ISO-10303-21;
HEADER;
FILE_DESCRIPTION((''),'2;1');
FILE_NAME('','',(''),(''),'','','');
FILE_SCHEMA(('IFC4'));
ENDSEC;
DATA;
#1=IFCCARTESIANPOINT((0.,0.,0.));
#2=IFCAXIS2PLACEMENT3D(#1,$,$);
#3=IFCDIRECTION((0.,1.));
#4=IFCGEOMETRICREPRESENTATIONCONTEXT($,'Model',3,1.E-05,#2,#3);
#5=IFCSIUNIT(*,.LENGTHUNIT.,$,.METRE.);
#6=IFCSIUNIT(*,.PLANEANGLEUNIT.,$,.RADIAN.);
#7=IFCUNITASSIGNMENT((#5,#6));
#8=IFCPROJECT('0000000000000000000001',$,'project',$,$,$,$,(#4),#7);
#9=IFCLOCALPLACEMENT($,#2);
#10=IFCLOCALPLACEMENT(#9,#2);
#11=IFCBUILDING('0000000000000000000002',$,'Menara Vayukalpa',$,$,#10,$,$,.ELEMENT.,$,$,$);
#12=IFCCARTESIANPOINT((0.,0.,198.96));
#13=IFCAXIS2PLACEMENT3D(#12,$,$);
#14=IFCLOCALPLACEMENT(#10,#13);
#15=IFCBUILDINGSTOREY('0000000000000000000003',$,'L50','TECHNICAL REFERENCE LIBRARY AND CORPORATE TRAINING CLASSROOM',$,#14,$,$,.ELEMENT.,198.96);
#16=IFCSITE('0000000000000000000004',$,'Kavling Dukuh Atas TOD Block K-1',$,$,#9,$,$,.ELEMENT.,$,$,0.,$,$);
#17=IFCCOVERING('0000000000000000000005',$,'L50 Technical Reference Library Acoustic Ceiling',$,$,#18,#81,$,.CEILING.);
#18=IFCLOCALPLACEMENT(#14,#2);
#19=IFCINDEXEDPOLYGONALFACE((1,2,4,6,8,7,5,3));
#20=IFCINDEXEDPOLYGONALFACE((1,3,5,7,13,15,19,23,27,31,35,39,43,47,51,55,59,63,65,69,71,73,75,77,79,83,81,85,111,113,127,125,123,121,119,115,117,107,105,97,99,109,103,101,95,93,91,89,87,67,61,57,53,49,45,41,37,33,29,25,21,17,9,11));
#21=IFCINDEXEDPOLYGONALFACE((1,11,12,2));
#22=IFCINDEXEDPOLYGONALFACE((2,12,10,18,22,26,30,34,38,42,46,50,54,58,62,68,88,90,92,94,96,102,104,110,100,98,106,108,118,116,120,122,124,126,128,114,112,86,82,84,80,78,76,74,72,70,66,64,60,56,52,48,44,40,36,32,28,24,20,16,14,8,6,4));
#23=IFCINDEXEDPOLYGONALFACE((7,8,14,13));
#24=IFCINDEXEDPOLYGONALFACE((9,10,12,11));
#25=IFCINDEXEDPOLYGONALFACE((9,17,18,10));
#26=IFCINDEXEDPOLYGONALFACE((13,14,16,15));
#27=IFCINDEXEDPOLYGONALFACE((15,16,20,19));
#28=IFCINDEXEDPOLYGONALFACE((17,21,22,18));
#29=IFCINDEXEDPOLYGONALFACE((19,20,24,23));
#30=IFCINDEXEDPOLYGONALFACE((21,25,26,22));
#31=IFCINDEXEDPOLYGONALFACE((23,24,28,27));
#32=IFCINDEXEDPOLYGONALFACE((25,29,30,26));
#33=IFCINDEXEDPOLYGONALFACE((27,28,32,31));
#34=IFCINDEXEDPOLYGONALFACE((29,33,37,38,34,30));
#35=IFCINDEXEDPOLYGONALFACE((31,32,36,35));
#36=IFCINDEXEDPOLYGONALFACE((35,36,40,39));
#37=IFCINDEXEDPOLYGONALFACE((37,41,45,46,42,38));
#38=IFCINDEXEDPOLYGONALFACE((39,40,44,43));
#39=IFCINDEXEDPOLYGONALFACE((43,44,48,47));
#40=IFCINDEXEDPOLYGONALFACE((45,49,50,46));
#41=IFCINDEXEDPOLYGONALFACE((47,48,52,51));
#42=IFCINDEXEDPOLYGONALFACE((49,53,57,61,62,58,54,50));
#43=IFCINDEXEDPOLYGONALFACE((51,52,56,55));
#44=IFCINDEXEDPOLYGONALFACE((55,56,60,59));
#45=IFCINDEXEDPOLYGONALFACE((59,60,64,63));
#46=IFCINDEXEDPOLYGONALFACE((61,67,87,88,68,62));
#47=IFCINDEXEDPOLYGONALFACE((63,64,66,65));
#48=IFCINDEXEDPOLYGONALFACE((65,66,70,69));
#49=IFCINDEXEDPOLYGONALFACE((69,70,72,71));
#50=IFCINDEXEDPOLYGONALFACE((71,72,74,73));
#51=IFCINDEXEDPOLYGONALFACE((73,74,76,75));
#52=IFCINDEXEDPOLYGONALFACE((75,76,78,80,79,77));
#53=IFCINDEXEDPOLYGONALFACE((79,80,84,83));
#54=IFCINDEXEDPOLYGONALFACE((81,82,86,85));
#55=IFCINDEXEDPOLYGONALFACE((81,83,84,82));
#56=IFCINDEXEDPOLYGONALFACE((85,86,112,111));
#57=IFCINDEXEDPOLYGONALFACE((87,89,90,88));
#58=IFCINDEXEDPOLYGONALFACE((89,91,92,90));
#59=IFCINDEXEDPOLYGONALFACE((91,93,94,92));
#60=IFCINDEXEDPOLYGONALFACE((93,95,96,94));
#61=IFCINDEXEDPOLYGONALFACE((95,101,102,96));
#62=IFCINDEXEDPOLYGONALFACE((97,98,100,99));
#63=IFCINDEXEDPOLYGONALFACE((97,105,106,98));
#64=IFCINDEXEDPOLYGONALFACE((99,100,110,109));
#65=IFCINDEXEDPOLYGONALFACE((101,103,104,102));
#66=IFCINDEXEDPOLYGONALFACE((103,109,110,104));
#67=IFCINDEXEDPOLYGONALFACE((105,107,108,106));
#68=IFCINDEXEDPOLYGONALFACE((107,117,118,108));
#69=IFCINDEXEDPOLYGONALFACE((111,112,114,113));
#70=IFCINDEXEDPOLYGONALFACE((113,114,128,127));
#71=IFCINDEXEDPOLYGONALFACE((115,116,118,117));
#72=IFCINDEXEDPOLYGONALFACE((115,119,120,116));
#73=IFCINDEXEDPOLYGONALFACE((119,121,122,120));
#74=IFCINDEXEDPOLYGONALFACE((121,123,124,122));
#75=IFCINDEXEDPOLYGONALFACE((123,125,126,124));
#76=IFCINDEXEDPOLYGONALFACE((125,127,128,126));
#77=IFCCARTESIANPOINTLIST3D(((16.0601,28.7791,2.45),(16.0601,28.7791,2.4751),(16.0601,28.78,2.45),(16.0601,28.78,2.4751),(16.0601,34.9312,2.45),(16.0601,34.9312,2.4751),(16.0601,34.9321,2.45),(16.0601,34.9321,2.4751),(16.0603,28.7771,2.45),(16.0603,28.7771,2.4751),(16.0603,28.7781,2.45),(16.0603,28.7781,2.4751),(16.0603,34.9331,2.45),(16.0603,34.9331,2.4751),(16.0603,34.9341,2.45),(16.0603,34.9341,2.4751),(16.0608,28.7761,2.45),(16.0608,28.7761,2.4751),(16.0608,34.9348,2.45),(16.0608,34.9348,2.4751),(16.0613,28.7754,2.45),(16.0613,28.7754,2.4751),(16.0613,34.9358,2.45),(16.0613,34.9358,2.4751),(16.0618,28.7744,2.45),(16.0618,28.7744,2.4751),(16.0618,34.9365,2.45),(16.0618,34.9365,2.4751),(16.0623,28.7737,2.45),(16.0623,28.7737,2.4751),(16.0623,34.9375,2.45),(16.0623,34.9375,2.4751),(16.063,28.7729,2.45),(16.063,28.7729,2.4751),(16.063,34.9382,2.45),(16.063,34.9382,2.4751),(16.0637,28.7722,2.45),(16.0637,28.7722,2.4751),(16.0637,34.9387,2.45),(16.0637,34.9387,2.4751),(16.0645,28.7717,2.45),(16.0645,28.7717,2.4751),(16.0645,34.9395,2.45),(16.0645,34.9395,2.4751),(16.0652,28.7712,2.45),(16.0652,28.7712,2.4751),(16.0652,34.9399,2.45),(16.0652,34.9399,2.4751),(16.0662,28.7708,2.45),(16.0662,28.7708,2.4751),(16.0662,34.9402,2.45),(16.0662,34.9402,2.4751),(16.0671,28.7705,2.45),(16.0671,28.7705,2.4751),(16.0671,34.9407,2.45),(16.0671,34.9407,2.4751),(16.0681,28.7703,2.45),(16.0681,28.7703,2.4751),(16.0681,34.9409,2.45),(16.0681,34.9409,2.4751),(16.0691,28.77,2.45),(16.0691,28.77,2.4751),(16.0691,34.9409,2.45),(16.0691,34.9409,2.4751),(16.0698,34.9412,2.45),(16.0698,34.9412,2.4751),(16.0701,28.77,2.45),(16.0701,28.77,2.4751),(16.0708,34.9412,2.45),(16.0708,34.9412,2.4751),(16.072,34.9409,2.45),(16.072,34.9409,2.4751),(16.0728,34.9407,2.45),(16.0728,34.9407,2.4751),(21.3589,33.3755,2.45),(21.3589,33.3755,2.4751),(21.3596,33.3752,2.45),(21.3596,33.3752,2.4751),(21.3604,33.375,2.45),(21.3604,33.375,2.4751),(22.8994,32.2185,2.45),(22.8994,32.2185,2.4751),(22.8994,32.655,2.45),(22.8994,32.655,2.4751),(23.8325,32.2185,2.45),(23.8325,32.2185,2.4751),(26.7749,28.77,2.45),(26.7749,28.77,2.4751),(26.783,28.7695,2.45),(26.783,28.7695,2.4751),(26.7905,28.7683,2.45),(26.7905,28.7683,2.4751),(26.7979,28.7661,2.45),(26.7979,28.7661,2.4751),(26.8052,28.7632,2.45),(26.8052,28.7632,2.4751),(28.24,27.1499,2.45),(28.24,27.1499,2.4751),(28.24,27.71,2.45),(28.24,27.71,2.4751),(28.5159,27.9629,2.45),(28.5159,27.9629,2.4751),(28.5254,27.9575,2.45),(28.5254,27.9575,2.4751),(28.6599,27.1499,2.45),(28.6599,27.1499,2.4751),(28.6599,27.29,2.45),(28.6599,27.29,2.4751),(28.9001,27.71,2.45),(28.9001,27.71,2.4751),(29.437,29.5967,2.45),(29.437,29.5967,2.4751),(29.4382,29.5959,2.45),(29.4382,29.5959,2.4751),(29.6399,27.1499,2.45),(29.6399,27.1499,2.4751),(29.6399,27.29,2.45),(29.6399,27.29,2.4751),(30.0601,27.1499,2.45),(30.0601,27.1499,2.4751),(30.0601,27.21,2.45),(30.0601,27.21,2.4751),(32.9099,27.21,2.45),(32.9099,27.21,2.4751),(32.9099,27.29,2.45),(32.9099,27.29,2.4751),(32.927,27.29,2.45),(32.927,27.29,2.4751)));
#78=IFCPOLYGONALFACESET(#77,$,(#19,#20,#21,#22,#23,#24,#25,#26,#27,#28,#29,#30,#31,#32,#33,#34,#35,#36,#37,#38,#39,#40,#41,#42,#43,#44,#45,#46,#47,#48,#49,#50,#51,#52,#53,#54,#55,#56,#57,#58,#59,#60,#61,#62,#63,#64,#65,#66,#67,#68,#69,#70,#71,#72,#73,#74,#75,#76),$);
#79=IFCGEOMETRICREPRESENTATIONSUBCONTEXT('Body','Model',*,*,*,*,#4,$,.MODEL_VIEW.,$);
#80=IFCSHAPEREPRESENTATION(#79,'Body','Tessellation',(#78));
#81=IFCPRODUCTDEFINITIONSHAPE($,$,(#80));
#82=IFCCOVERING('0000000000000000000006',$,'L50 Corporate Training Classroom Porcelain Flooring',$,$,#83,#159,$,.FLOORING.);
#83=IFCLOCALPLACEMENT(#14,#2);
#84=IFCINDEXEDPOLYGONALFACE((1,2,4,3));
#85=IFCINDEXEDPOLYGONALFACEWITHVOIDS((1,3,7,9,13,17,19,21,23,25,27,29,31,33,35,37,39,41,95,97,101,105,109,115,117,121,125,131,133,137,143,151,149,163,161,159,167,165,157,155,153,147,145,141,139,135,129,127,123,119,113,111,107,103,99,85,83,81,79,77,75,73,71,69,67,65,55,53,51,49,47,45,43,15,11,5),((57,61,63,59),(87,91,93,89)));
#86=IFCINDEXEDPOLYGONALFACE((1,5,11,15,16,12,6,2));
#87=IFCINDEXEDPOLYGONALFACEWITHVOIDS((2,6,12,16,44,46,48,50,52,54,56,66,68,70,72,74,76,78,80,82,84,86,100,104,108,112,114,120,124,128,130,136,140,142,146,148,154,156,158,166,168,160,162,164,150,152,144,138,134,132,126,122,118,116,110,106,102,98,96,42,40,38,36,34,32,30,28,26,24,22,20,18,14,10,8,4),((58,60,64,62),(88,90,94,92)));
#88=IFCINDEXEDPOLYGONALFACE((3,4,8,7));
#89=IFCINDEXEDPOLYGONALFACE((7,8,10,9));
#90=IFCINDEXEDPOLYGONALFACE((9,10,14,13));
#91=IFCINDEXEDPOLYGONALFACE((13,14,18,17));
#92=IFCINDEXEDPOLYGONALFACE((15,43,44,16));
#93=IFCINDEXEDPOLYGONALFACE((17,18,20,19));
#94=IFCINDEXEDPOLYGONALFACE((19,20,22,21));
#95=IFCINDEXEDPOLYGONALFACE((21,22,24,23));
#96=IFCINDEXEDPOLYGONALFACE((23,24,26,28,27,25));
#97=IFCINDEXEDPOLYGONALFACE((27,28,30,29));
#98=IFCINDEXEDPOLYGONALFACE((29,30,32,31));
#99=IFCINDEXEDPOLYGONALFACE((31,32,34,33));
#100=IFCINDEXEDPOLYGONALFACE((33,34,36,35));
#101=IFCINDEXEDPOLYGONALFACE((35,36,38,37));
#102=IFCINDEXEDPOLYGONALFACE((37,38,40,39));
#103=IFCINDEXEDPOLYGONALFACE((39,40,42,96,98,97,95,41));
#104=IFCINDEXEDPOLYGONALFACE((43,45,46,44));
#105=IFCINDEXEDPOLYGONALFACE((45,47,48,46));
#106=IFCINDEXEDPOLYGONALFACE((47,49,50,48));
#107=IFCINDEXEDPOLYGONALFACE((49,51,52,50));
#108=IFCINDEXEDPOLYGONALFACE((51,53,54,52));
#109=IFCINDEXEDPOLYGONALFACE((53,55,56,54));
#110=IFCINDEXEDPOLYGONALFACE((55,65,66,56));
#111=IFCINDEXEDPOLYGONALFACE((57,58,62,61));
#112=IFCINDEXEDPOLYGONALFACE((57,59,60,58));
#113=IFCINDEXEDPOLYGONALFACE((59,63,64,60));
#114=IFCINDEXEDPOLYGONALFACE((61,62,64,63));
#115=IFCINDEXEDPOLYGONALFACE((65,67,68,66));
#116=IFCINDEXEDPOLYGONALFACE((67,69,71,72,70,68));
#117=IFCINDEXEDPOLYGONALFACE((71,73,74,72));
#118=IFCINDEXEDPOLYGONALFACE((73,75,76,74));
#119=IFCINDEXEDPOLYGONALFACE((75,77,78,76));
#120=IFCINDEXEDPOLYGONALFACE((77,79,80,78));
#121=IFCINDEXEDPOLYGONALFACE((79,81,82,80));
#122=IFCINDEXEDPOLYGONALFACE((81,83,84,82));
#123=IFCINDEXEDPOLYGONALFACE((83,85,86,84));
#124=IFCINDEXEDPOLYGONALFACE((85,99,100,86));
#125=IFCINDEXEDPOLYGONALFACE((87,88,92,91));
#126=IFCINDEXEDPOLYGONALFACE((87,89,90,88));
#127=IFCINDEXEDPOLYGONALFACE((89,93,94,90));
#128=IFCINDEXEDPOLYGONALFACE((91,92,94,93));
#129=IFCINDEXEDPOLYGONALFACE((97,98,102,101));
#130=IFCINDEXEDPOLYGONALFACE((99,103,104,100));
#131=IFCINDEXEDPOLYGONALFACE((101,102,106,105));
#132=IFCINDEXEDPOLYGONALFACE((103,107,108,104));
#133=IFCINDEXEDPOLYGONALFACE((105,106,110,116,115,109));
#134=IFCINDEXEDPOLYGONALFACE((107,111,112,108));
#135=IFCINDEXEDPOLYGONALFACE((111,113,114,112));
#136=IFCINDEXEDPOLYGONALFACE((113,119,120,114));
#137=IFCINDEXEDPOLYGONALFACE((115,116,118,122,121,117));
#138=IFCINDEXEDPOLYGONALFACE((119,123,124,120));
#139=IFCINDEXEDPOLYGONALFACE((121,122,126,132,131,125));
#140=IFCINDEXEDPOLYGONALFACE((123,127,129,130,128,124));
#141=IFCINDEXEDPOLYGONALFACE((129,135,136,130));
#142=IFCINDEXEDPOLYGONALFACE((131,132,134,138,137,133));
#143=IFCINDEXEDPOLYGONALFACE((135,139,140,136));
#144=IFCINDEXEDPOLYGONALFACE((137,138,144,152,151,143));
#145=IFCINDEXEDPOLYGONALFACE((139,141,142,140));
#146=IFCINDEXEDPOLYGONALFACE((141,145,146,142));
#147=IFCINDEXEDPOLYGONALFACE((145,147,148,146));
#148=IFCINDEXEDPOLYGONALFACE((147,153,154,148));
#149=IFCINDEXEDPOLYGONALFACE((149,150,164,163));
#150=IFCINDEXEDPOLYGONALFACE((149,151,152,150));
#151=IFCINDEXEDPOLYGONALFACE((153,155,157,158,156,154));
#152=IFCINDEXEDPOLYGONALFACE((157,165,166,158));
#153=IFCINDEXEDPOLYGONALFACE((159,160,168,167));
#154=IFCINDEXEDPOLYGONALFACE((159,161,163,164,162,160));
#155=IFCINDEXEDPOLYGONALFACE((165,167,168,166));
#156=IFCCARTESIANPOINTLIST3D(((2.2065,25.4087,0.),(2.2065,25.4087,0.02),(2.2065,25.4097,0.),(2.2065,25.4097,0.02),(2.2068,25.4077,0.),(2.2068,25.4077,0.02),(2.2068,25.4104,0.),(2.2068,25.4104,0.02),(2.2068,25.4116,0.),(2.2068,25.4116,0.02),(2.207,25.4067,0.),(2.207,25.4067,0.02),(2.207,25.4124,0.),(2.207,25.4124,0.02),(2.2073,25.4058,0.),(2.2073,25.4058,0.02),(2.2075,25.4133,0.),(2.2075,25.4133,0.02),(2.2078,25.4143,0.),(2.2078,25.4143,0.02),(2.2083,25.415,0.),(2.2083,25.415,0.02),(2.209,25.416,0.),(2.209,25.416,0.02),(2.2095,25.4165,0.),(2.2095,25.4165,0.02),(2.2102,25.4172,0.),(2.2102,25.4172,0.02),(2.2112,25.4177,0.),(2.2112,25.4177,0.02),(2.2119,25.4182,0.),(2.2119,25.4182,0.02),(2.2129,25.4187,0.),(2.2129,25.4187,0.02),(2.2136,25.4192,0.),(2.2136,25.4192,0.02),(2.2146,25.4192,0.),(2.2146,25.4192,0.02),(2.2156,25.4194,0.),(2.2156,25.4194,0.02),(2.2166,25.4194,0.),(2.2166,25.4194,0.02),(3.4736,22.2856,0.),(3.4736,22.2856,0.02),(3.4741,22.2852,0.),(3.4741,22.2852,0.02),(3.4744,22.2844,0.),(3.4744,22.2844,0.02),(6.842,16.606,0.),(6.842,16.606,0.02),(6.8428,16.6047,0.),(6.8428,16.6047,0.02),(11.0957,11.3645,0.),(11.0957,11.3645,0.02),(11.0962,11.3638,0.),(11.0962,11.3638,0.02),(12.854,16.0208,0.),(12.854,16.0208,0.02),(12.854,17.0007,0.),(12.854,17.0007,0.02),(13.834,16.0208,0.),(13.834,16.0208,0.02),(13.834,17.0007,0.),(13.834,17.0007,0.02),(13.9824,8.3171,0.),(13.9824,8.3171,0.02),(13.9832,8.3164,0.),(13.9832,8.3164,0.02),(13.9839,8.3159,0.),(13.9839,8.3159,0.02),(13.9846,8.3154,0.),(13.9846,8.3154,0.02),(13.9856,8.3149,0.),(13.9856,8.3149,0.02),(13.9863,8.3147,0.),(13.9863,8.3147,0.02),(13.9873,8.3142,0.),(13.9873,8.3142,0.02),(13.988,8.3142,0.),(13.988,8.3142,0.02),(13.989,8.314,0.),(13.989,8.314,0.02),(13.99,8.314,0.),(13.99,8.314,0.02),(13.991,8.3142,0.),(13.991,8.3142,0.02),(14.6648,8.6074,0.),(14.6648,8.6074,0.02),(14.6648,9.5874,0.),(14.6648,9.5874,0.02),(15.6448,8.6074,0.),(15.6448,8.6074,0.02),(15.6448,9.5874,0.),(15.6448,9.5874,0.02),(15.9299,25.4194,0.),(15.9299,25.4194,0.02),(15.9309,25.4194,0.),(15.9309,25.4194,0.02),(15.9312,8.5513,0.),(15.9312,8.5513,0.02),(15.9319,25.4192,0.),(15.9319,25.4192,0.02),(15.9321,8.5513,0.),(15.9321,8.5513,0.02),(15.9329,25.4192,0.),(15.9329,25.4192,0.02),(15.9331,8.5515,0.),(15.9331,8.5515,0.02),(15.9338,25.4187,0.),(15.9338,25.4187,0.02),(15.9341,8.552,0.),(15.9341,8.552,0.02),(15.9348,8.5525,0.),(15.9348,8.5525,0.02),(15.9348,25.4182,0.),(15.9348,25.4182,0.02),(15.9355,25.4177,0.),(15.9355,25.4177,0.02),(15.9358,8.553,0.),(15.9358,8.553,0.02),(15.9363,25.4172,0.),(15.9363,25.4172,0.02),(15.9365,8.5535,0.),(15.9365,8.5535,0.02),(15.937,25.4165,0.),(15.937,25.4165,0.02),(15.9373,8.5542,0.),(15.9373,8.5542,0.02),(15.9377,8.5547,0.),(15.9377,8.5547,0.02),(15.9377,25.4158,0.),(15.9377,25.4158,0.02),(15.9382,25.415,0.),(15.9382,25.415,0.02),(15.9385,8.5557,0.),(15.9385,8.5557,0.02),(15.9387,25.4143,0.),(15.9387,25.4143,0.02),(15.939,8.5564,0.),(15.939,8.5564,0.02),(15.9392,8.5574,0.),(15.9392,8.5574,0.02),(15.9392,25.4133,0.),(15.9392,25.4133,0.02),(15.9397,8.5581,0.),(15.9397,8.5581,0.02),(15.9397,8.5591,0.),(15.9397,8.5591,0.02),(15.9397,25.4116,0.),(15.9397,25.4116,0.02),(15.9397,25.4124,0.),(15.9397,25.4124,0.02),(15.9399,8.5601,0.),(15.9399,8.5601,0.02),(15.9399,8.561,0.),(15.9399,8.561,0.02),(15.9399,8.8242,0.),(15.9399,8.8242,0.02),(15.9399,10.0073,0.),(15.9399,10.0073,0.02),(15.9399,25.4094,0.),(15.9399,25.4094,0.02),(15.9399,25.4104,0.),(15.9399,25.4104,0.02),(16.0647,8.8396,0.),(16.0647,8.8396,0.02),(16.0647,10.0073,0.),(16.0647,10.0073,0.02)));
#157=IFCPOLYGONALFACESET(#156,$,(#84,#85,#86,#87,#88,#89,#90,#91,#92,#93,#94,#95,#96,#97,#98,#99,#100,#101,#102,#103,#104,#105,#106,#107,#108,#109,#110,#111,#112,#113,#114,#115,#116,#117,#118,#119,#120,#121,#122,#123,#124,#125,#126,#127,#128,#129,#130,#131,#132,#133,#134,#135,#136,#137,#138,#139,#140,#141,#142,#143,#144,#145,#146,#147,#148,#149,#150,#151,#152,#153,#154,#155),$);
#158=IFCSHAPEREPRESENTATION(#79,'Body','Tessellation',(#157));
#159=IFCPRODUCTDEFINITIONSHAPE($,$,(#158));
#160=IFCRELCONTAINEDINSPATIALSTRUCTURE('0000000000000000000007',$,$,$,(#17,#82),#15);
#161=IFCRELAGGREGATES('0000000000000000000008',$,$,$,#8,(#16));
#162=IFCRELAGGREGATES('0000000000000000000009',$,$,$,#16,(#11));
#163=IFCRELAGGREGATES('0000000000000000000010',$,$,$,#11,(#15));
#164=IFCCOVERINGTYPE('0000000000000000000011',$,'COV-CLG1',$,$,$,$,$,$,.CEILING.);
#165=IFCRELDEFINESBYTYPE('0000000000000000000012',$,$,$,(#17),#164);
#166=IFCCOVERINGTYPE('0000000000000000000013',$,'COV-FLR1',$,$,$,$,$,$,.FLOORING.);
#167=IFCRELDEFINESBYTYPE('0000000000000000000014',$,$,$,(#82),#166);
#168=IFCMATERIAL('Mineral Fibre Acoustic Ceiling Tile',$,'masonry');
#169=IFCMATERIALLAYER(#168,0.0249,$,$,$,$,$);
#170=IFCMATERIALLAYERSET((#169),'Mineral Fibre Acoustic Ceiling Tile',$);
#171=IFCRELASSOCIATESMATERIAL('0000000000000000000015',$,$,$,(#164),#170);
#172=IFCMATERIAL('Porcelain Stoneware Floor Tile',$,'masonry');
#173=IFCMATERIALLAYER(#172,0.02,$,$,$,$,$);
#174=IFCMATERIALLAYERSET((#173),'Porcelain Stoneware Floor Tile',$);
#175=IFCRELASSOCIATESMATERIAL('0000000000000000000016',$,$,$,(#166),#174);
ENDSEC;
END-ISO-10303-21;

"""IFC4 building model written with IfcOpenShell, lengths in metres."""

from ifc_helpers import new_model, si_unit, direction, frame, origin, place, context, subcontext, project, spatial, polyline, outline, extrude, material, layer, layer_set, type_object, element, save


model = new_model("IFC4")

# Units and contexts
model_context = context("Model", 3, precision=1e-05, world=origin(), true_north=direction((0.0, 1.0)))
body_context = subcontext(model_context, "Body", "Model", "MODEL_VIEW")
ifc_project = project(units=[si_unit("LENGTHUNIT", "METRE"), si_unit("PLANEANGLEUNIT", "RADIAN")], contexts=[model_context])

# Site, building, storey
site_placement = place(None, origin())
site = spatial("IfcSite", under=ifc_project, at=site_placement, Name="Kavling Dukuh Atas TOD Block K-1", CompositionType="ELEMENT", RefElevation=0.0)
building_placement = place(site_placement, origin())
building = spatial("IfcBuilding", under=site, at=building_placement, Name="Menara Vayukalpa", CompositionType="ELEMENT")
storey_placement = place(building_placement, frame((0.0, 0.0, 198.96)))
storey = spatial("IfcBuildingStorey", under=building, at=storey_placement, Name="L50", Description="TECHNICAL REFERENCE LIBRARY AND CORPORATE TRAINING CLASSROOM", CompositionType="ELEMENT", Elevation=198.96)

# Coverings
ifc_material_1 = material(Name="Mineral Fibre Acoustic Ceiling Tile", Category="masonry")
ifc_layer_1 = layer(ifc_material_1, 0.0249)
ifc_layer_set_1 = layer_set([ifc_layer_1], Name="Mineral Fibre Acoustic Ceiling Tile")
covering_type_1 = type_object("IfcCoveringType", Name="COV-CLG1", PredefinedType="CEILING", material=ifc_layer_set_1)
covering_1_placement = place(storey_placement, frame((0.0, 0.0, 2.45)))
element("IfcCovering", 1, at=covering_1_placement, inside=storey, type_object=covering_type_1, Name="L50 Technical Reference Library Acoustic Ceiling", PredefinedType="CEILING", context=body_context, shape_type="SweptSolid", body=[
    extrude(outline(polyline([(28.5254, 27.9575), (28.5159, 27.9629), (26.8052, 28.7632), (26.7979, 28.7661), (26.7905, 28.7683), (26.783, 28.7695), (26.7749, 28.77), (16.0701, 28.77), (16.0691, 28.77), (16.0681, 28.7703), (16.0671, 28.7705), (16.0662, 28.7708), (16.0652, 28.7712), (16.0645, 28.7717), (16.0637, 28.7722), (16.063, 28.7729), (16.0623, 28.7737), (16.0618, 28.7744), (16.0613, 28.7754), (16.0608, 28.7761), (16.0603, 28.7771), (16.0603, 28.7781), (16.0601, 28.7791), (16.0601, 28.78), (16.0601, 34.9312), (16.0601, 34.9321), (16.0603, 34.9331), (16.0603, 34.9341), (16.0608, 34.9348), (16.0613, 34.9358), (16.0618, 34.9365), (16.0623, 34.9375), (16.063, 34.9382), (16.0637, 34.9387), (16.0645, 34.9395), (16.0652, 34.9399), (16.0662, 34.9402), (16.0671, 34.9407), (16.0681, 34.9409), (16.0691, 34.9409), (16.0698, 34.9412), (16.0708, 34.9412), (16.072, 34.9409), (16.0728, 34.9407), (21.3589, 33.3755), (21.3596, 33.3752), (21.3604, 33.375), (22.8994, 32.655), (22.8994, 32.2185), (23.8325, 32.2185), (29.437, 29.5967), (29.4382, 29.5959), (32.927, 27.29), (32.9099, 27.29), (32.9099, 27.21), (30.0601, 27.21), (30.0601, 27.1499), (29.6399, 27.1499), (29.6399, 27.29), (28.6599, 27.29), (28.6599, 27.1499), (28.24, 27.1499), (28.24, 27.71), (28.9001, 27.71), (28.5254, 27.9575)])), origin(), (0.0, 0.0, 1.0), 0.0251),
])
ifc_material_2 = material(Name="Porcelain Stoneware Floor Tile", Category="masonry")
ifc_layer_2 = layer(ifc_material_2, 0.02)
ifc_layer_set_2 = layer_set([ifc_layer_2], Name="Porcelain Stoneware Floor Tile")
covering_type_2 = type_object("IfcCoveringType", Name="COV-FLR1", PredefinedType="FLOORING", material=ifc_layer_set_2)
covering_2_placement = place(storey_placement, origin())
element("IfcCovering", 2, at=covering_2_placement, inside=storey, type_object=covering_type_2, Name="L50 Corporate Training Classroom Porcelain Flooring", PredefinedType="FLOORING", context=body_context, shape_type="SweptSolid", body=[
    extrude(outline(polyline([(16.0647, 8.8396), (15.9399, 8.8242), (15.9399, 8.561), (15.9399, 8.5601), (15.9397, 8.5591), (15.9397, 8.5581), (15.9392, 8.5574), (15.939, 8.5564), (15.9385, 8.5557), (15.9377, 8.5547), (15.9373, 8.5542), (15.9365, 8.5535), (15.9358, 8.553), (15.9348, 8.5525), (15.9341, 8.552), (15.9331, 8.5515), (15.9321, 8.5513), (15.9312, 8.5513), (13.991, 8.3142), (13.99, 8.314), (13.989, 8.314), (13.988, 8.3142), (13.9873, 8.3142), (13.9863, 8.3147), (13.9856, 8.3149), (13.9846, 8.3154), (13.9839, 8.3159), (13.9832, 8.3164), (13.9824, 8.3171), (11.0962, 11.3638), (11.0957, 11.3645), (6.8428, 16.6047), (6.842, 16.606), (3.4744, 22.2844), (3.4741, 22.2852), (3.4736, 22.2856), (2.2073, 25.4058), (2.207, 25.4067), (2.2068, 25.4077), (2.2065, 25.4087), (2.2065, 25.4097), (2.2068, 25.4104), (2.2068, 25.4116), (2.207, 25.4124), (2.2075, 25.4133), (2.2078, 25.4143), (2.2083, 25.415), (2.209, 25.416), (2.2095, 25.4165), (2.2102, 25.4172), (2.2112, 25.4177), (2.2119, 25.4182), (2.2129, 25.4187), (2.2136, 25.4192), (2.2146, 25.4192), (2.2156, 25.4194), (2.2166, 25.4194), (15.9299, 25.4194), (15.9309, 25.4194), (15.9319, 25.4192), (15.9329, 25.4192), (15.9338, 25.4187), (15.9348, 25.4182), (15.9355, 25.4177), (15.9363, 25.4172), (15.937, 25.4165), (15.9377, 25.4158), (15.9382, 25.415), (15.9387, 25.4143), (15.9392, 25.4133), (15.9397, 25.4124), (15.9397, 25.4116), (15.9399, 25.4104), (15.9399, 25.4094), (15.9399, 10.0073), (16.0647, 10.0073), (16.0647, 8.8396)]), holes=[polyline([(15.6448, 9.5874), (14.6648, 9.5874), (14.6648, 8.6074), (15.6448, 8.6074), (15.6448, 9.5874)]), polyline([(13.834, 17.0007), (12.854, 17.0007), (12.854, 16.0208), (13.834, 16.0208), (13.834, 17.0007)])]), origin(), (0.0, 0.0, 1.0), 0.02),
])

save(model, "model.ifc")
